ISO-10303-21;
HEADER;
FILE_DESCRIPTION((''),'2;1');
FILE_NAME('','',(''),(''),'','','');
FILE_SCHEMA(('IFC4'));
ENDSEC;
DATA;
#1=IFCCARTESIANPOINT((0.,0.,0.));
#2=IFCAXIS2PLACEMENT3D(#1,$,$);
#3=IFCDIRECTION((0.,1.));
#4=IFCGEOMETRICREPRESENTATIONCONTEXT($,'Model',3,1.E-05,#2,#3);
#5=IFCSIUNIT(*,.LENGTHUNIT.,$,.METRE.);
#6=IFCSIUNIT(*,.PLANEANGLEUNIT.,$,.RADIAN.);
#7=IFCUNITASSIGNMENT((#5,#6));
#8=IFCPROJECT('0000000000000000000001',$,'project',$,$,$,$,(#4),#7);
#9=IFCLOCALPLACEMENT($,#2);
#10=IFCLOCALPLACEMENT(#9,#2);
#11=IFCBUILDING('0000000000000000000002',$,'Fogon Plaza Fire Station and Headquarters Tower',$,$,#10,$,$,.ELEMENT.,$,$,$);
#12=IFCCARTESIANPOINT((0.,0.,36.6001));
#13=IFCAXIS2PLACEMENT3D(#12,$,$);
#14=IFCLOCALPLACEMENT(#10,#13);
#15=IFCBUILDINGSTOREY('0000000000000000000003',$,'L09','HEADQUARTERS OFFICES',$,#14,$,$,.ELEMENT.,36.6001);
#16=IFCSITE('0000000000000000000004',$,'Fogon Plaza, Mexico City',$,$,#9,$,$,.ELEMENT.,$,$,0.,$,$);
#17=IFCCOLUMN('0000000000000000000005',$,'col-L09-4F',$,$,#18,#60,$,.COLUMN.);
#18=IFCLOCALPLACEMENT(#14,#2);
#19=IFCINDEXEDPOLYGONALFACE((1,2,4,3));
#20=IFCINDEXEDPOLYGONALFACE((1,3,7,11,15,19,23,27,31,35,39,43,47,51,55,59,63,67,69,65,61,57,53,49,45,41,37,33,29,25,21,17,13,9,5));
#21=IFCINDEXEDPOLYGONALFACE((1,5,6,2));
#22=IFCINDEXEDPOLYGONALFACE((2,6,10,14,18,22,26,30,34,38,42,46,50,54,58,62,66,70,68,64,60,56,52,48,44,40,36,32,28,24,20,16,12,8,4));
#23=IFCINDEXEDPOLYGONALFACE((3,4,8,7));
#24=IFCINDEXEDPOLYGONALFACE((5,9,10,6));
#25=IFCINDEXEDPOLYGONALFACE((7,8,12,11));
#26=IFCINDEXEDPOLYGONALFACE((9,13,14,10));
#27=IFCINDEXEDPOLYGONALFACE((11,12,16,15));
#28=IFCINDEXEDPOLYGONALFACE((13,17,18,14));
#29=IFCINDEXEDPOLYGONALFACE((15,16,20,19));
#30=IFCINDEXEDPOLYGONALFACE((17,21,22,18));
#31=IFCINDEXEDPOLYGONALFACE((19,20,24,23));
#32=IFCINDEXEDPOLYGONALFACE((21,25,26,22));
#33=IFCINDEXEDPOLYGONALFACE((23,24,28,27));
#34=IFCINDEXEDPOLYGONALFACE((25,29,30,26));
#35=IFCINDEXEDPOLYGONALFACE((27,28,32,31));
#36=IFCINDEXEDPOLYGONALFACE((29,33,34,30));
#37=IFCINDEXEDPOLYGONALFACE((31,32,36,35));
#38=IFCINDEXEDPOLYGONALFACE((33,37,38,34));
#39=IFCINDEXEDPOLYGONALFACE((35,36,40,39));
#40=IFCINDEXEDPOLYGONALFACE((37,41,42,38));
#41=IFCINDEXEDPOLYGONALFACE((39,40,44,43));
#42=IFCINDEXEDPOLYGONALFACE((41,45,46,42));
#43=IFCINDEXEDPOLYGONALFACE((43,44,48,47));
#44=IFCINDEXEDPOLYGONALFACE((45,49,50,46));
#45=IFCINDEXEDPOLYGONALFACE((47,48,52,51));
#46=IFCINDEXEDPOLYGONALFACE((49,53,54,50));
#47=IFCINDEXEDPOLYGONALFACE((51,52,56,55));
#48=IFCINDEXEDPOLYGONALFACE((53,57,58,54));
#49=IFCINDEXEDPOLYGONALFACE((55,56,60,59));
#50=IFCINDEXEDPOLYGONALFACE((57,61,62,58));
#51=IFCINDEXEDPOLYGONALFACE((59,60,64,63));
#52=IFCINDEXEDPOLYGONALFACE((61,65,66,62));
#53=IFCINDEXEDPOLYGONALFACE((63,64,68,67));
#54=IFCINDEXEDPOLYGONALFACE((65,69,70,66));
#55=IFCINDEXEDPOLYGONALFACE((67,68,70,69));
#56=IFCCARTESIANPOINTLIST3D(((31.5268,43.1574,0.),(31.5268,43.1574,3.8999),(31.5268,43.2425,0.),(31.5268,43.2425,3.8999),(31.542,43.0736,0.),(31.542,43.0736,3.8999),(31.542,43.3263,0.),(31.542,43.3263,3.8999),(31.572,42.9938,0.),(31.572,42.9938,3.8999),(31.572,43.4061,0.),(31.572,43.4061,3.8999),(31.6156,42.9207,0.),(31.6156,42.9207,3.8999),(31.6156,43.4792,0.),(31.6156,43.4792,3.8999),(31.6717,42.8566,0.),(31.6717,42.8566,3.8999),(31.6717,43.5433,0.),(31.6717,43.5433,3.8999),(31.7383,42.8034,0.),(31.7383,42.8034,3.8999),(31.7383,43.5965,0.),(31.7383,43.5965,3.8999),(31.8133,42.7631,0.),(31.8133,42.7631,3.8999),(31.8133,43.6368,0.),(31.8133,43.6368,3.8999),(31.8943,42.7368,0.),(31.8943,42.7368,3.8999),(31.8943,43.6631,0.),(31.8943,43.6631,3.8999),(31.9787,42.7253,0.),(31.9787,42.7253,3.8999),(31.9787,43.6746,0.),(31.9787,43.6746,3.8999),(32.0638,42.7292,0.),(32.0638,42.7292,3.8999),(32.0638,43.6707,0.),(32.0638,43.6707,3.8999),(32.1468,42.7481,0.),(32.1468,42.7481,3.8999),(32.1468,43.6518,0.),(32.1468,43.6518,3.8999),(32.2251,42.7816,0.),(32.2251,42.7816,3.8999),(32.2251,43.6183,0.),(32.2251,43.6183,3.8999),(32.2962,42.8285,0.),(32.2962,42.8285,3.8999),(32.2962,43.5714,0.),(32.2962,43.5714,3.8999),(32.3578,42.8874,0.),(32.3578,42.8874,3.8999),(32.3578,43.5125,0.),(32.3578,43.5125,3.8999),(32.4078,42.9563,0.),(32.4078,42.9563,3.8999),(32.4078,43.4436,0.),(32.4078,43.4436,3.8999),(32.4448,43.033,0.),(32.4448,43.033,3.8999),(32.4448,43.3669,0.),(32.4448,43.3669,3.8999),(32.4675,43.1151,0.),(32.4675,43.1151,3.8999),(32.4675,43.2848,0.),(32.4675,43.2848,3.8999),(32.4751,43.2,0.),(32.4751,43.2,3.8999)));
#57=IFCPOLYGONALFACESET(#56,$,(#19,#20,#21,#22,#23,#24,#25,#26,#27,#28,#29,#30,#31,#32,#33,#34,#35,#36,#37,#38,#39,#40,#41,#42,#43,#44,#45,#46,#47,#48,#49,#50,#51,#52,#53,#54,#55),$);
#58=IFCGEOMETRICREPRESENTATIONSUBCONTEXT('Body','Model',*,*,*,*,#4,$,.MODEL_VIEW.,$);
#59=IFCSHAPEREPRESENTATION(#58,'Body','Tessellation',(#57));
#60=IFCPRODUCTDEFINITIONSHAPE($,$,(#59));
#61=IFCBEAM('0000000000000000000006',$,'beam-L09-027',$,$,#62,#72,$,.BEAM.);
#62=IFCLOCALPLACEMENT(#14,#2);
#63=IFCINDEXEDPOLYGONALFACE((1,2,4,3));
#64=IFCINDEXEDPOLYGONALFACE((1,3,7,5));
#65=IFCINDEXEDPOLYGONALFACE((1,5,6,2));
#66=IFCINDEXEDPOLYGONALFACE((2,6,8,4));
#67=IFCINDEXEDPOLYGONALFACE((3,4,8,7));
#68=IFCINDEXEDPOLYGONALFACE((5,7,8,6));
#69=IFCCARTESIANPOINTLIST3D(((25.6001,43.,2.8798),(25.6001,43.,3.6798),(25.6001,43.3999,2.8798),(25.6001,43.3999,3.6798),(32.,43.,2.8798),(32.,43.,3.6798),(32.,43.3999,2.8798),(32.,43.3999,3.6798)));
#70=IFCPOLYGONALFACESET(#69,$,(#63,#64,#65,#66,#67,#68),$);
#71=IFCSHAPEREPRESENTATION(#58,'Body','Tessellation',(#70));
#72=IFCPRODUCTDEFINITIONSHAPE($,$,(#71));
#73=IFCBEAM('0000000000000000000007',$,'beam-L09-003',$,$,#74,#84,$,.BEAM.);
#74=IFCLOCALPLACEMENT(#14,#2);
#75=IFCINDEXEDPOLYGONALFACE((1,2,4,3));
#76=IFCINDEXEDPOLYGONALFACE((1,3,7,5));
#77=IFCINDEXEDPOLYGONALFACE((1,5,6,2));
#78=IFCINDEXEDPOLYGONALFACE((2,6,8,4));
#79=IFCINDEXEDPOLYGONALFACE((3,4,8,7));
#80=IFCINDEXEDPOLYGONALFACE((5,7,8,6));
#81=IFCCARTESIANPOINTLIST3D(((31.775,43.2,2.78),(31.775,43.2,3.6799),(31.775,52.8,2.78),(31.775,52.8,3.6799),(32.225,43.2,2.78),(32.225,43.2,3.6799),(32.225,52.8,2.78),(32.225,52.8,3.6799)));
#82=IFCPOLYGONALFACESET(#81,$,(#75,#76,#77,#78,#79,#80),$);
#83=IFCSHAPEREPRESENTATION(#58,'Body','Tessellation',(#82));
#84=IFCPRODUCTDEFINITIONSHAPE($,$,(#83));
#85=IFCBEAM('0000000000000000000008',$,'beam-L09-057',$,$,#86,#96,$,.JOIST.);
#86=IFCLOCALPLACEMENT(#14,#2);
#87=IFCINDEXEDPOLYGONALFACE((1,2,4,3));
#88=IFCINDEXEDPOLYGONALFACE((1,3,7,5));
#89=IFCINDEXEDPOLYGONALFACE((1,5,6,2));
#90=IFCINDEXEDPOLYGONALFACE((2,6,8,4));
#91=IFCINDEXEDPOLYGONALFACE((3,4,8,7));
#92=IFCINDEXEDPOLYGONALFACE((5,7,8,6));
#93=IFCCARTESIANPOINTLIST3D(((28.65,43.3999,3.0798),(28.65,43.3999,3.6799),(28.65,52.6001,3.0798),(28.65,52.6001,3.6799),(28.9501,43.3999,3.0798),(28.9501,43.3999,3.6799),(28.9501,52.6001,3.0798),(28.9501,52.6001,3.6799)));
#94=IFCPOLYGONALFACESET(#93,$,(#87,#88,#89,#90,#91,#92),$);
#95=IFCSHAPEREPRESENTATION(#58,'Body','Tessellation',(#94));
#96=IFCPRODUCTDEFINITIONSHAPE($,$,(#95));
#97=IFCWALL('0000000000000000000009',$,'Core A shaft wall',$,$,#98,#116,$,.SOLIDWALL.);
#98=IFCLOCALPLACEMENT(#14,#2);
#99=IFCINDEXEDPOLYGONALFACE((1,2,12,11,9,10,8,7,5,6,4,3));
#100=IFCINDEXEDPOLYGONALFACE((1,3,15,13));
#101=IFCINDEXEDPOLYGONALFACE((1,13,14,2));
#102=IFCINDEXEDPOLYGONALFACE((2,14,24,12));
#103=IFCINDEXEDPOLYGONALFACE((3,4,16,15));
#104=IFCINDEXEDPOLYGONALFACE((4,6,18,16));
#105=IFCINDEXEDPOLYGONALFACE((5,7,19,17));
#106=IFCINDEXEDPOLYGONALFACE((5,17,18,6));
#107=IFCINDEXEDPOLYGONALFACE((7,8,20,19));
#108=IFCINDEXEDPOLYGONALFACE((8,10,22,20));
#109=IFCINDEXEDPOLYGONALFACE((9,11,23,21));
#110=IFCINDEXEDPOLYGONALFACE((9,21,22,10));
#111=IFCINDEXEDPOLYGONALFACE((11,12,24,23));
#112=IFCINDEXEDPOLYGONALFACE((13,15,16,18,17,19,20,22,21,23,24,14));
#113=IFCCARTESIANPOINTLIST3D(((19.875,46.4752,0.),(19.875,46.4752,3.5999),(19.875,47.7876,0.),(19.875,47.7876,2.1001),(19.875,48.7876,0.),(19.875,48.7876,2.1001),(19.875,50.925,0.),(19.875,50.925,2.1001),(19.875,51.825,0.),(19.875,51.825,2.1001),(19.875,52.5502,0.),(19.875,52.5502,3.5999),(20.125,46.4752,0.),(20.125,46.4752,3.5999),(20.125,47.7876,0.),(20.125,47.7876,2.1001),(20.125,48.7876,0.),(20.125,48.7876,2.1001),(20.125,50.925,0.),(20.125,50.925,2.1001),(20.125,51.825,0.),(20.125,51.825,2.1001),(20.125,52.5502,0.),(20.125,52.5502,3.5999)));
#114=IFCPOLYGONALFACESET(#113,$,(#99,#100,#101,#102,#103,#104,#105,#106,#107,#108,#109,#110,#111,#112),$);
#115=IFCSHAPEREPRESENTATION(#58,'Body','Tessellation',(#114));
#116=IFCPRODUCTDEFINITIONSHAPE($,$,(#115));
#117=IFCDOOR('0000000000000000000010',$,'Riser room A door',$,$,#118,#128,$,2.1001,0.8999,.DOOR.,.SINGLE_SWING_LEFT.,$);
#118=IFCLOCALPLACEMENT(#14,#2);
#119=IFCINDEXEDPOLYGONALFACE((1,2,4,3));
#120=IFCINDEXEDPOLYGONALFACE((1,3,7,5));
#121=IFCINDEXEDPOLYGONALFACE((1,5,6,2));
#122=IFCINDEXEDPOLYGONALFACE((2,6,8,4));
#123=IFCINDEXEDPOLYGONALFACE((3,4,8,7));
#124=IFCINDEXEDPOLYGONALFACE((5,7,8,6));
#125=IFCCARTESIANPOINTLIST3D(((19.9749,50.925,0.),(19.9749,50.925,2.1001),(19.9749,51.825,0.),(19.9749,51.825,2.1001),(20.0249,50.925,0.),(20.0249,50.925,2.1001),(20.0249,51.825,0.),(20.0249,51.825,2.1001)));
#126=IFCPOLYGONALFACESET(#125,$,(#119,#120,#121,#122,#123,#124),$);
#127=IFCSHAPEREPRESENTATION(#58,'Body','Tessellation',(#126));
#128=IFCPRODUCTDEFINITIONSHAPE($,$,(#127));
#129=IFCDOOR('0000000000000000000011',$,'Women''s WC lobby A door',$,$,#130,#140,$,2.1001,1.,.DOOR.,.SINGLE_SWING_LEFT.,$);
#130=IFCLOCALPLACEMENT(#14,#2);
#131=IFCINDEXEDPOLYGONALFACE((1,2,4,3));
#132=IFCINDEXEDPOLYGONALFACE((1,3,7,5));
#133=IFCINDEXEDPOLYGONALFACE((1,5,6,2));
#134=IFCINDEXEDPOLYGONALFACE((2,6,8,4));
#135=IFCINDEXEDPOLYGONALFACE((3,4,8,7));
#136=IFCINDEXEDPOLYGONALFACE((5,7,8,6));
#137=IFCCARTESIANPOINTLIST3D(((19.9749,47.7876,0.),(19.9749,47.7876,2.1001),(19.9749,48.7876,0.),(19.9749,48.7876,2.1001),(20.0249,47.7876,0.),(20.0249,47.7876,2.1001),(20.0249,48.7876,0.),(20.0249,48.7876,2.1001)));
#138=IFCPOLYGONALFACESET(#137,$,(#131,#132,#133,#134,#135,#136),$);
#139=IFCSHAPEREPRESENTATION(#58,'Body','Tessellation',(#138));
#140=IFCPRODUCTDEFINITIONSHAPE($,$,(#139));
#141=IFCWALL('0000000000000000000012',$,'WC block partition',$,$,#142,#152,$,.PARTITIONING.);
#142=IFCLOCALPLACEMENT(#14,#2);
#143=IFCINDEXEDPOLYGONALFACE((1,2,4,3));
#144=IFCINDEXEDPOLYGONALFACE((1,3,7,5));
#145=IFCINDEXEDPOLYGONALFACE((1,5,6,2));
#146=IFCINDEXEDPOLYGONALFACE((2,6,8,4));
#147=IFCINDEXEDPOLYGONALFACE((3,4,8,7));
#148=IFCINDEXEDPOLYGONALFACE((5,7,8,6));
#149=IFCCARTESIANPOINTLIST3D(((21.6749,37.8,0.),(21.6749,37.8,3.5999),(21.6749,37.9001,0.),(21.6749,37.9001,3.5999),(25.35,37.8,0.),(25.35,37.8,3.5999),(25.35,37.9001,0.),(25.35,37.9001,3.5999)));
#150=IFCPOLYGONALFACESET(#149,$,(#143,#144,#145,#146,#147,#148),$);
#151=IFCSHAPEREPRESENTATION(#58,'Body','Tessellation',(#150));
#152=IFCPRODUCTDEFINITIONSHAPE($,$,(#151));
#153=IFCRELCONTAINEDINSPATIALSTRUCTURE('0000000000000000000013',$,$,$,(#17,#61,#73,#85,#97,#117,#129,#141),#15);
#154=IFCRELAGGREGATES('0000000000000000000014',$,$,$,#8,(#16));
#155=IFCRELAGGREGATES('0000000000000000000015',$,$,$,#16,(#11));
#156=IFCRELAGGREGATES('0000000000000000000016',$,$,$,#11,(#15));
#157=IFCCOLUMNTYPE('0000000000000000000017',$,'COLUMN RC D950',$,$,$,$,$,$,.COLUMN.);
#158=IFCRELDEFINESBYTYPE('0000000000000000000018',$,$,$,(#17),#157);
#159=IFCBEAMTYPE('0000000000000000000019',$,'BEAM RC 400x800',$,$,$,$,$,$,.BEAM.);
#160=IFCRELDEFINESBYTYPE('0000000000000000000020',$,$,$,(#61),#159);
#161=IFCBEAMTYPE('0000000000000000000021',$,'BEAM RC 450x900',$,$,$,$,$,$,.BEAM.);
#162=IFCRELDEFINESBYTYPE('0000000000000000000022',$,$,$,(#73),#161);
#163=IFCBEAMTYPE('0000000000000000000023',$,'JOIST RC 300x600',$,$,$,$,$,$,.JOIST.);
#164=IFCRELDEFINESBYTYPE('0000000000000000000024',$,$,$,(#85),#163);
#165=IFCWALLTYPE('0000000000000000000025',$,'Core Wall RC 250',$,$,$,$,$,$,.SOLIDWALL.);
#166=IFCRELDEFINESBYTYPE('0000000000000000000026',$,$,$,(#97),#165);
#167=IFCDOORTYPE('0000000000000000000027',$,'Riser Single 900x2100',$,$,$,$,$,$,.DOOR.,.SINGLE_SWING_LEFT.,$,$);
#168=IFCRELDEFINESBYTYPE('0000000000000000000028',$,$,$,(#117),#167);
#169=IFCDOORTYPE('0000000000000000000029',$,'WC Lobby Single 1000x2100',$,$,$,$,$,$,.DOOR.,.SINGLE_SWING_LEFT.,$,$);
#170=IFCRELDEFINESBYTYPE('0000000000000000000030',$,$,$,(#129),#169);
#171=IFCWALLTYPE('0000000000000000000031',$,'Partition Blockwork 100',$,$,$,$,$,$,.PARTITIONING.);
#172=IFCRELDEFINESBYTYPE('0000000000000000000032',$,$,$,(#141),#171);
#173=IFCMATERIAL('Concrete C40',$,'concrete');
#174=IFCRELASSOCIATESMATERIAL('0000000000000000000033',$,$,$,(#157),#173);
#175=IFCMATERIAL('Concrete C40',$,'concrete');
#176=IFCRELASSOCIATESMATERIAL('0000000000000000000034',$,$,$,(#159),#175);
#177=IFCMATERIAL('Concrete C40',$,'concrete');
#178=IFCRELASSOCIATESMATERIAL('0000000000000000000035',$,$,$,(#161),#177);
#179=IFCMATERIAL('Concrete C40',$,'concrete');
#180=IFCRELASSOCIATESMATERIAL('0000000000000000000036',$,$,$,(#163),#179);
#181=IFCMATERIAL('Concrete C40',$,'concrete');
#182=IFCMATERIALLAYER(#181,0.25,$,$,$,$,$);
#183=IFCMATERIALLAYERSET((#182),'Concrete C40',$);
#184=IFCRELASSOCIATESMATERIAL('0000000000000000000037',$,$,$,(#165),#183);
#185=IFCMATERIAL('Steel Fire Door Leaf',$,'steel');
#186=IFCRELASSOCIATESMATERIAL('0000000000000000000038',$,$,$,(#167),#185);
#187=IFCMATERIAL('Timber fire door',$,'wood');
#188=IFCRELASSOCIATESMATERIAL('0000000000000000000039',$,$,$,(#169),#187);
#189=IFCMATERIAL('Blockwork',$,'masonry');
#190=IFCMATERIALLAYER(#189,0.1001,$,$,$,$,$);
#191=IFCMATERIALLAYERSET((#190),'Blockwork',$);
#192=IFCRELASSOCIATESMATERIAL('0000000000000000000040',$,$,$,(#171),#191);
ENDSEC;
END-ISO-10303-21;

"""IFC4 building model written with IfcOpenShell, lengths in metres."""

from ifc_helpers import new_model, si_unit, direction, frame, frame_2d, origin, origin_2d, place, context, subcontext, project, spatial, rectangle, circle, extrude, material, layer, layer_set, material_profile, profile_set, type_object, element, fill, save


model = new_model("IFC4")

# Units and contexts
model_context = context("Model", 3, precision=1e-05, world=origin(), true_north=direction((0.0, 1.0)))
body_context = subcontext(model_context, "Body", "Model", "MODEL_VIEW")
ifc_project = project(units=[si_unit("LENGTHUNIT", "METRE"), si_unit("PLANEANGLEUNIT", "RADIAN")], contexts=[model_context])

# Site, building, storey
site_placement = place(None, origin())
site = spatial("IfcSite", under=ifc_project, at=site_placement, Name="Fogon Plaza, Mexico City", CompositionType="ELEMENT", RefElevation=0.0)
building_placement = place(site_placement, origin())
building = spatial("IfcBuilding", under=site, at=building_placement, Name="Fogon Plaza Fire Station and Headquarters Tower", CompositionType="ELEMENT")
storey_placement = place(building_placement, frame((0.0, 0.0, 36.6001)))
storey = spatial("IfcBuildingStorey", under=building, at=storey_placement, Name="L09", Description="HEADQUARTERS OFFICES", CompositionType="ELEMENT", Elevation=36.6001)

# Column
ifc_material_1 = material(Name="Concrete C40", Category="concrete")
ifc_material_profile_1 = material_profile(ifc_material_1, circle(Radius=0.4751, at=origin_2d()), Name="RC D950")
ifc_profile_set_1 = profile_set([ifc_material_profile_1], Name="Concrete C40")
column_type = type_object("IfcColumnType", Name="COLUMN RC D950", PredefinedType="COLUMN", material=ifc_profile_set_1)
column_placement = place(storey_placement, frame((32.0, 43.2, 0.0), z_axis=(0.0, 0.0, 1.0), x_axis=(1.0, 0.0, 0.0)))
element("IfcColumn", 1, at=column_placement, inside=storey, type_object=column_type, Name="col-L09-4F", PredefinedType="COLUMN", context=body_context, shape_type="SweptSolid", body=[
    extrude(circle(Radius=0.4751, at=origin_2d()), origin(), (0.0, 0.0, 1.0), 3.8999),
])

# Beams
ifc_material_2 = material(Name="Concrete C40", Category="concrete")
ifc_material_profile_2 = material_profile(ifc_material_2, rectangle(XDim=0.3999, YDim=0.8, at=origin_2d()), Name="RC 400x800")
ifc_profile_set_2 = profile_set([ifc_material_profile_2], Name="Concrete C40")
beam_type_1 = type_object("IfcBeamType", Name="BEAM RC 400x800", PredefinedType="BEAM", material=ifc_profile_set_2)
beam_1_placement = place(storey_placement, frame((25.6001, 43.2, 3.2798), z_axis=(1.0, 0.0, 0.0), x_axis=(0.0, 1.0, 0.0)))
element("IfcBeam", 2, at=beam_1_placement, inside=storey, type_object=beam_type_1, Name="beam-L09-027", PredefinedType="BEAM", context=body_context, shape_type="SweptSolid", body=[
    extrude(rectangle(XDim=0.3999, YDim=0.8, at=origin_2d()), origin(), (0.0, 0.0, 1.0), 6.3999),
])
ifc_material_3 = material(Name="Concrete C40", Category="concrete")
ifc_material_profile_3 = material_profile(ifc_material_3, rectangle(XDim=0.45, YDim=0.8999, at=origin_2d()), Name="RC 450x900")
ifc_profile_set_3 = profile_set([ifc_material_profile_3], Name="Concrete C40")
beam_type_2 = type_object("IfcBeamType", Name="BEAM RC 450x900", PredefinedType="BEAM", material=ifc_profile_set_3)
beam_2_placement = place(storey_placement, frame((32.0, 43.2, 3.23), z_axis=(0.0, 1.0, 0.0), x_axis=(-1.0, 0.0, 0.0)))
element("IfcBeam", 3, at=beam_2_placement, inside=storey, type_object=beam_type_2, Name="beam-L09-003", PredefinedType="BEAM", context=body_context, shape_type="SweptSolid", body=[
    extrude(rectangle(XDim=0.45, YDim=0.8999, at=origin_2d()), origin(), (0.0, 0.0, 1.0), 9.6001),
])
ifc_material_4 = material(Name="Concrete C40", Category="concrete")
ifc_material_profile_4 = material_profile(ifc_material_4, rectangle(XDim=0.3, YDim=0.6001, at=origin_2d()), Name="RC 300x600")
ifc_profile_set_4 = profile_set([ifc_material_profile_4], Name="Concrete C40")
beam_type_3 = type_object("IfcBeamType", Name="JOIST RC 300x600", PredefinedType="JOIST", material=ifc_profile_set_4)
beam_3_placement = place(storey_placement, frame((28.8, 43.3999, 3.3799), z_axis=(0.0, 1.0, 0.0), x_axis=(-1.0, 0.0, 0.0)))
element("IfcBeam", 4, at=beam_3_placement, inside=storey, type_object=beam_type_3, Name="beam-L09-057", PredefinedType="JOIST", context=body_context, shape_type="SweptSolid", body=[
    extrude(rectangle(XDim=0.3, YDim=0.6001, at=origin_2d()), origin(), (0.0, 0.0, 1.0), 9.2002),
])

# Wall, openings, doors
ifc_material_5 = material(Name="Concrete C40", Category="concrete")
ifc_layer_1 = layer(ifc_material_5, 0.25)
ifc_layer_set_1 = layer_set([ifc_layer_1], Name="Concrete C40")
wall_type_1 = type_object("IfcWallType", Name="Core Wall RC 250", PredefinedType="SOLIDWALL", material=ifc_layer_set_1)
wall_1_placement = place(storey_placement, frame((20.0, 46.4751, 0.0), z_axis=(0.0, 0.0, 1.0), x_axis=(0.0, 1.0, 0.0)))
wall_1 = element("IfcWall", 5, at=wall_1_placement, inside=storey, type_object=wall_type_1, Name="Core A shaft wall", PredefinedType="SOLIDWALL", context=body_context, shape_type="SweptSolid", body=[
    extrude(rectangle(XDim=6.075, YDim=0.25, at=frame_2d((3.0376, 0.0))), origin(), (0.0, 0.0, 1.0), 3.5999),
])
opening_1_placement = place(wall_1_placement, frame((1.3125, 0.0, 0.0)))
opening_1 = element("IfcOpeningElement", 6, at=opening_1_placement, cuts=wall_1, PredefinedType="OPENING", context=body_context, shape_type="SweptSolid", body=[
    extrude(rectangle(XDim=1.0, YDim=2.1001, at=frame_2d((0.5, 1.05))), frame((0.0, 0.135, 0.0), z_axis=(0.0, -1.0, 0.0), x_axis=(1.0, 0.0, 0.0)), (0.0, 0.0, 1.0), 0.27),
])
opening_2_placement = place(wall_1_placement, frame((4.45, 0.0, 0.0)))
opening_2 = element("IfcOpeningElement", 7, at=opening_2_placement, cuts=wall_1, PredefinedType="OPENING", context=body_context, shape_type="SweptSolid", body=[
    extrude(rectangle(XDim=0.8999, YDim=2.1001, at=frame_2d((0.45, 1.05))), frame((0.0, 0.135, 0.0), z_axis=(0.0, -1.0, 0.0), x_axis=(1.0, 0.0, 0.0)), (0.0, 0.0, 1.0), 0.27),
])
ifc_material_6 = material(Name="Steel Fire Door Leaf", Category="steel")
door_type_1 = type_object("IfcDoorType", Name="Riser Single 900x2100", OperationType="SINGLE_SWING_LEFT", PredefinedType="DOOR", material=ifc_material_6)
door_1_placement = place(opening_2_placement, frame((0.8999, 0.0, 0.0), z_axis=(0.0, 0.0, 1.0), x_axis=(-1.0, 0.0, 0.0)))
door_1 = element("IfcDoor", 8, at=door_1_placement, inside=storey, type_object=door_type_1, Name="Riser room A door", OperationType="SINGLE_SWING_LEFT", OverallHeight=2.1001, OverallWidth=0.8999, PredefinedType="DOOR", context=body_context, shape_type="SweptSolid", body=[
    extrude(rectangle(XDim=0.8999, YDim=2.1001, at=frame_2d((0.45, 1.05))), frame((0.0, 0.0249, 0.0), z_axis=(0.0, -1.0, 0.0), x_axis=(1.0, 0.0, 0.0)), (0.0, 0.0, 1.0), 0.05),
])
fill(opening_2, door_1)
ifc_material_7 = material(Name="Timber fire door", Category="wood")
door_type_2 = type_object("IfcDoorType", Name="WC Lobby Single 1000x2100", OperationType="SINGLE_SWING_LEFT", PredefinedType="DOOR", material=ifc_material_7)
door_2_placement = place(opening_1_placement, frame((1.0, 0.0, 0.0), z_axis=(0.0, 0.0, 1.0), x_axis=(-1.0, 0.0, 0.0)))
door_2 = element("IfcDoor", 9, at=door_2_placement, inside=storey, type_object=door_type_2, Name="Women's WC lobby A door", OperationType="SINGLE_SWING_LEFT", OverallHeight=2.1001, OverallWidth=1.0, PredefinedType="DOOR", context=body_context, shape_type="SweptSolid", body=[
    extrude(rectangle(XDim=1.0, YDim=2.1001, at=frame_2d((0.5, 1.05))), frame((0.0, 0.0249, 0.0), z_axis=(0.0, -1.0, 0.0), x_axis=(1.0, 0.0, 0.0)), (0.0, 0.0, 1.0), 0.05),
])
fill(opening_1, door_2)

# Wall
ifc_material_8 = material(Name="Blockwork", Category="masonry")
ifc_layer_2 = layer(ifc_material_8, 0.1001)
ifc_layer_set_2 = layer_set([ifc_layer_2], Name="Blockwork")
wall_type_2 = type_object("IfcWallType", Name="Partition Blockwork 100", PredefinedType="PARTITIONING", material=ifc_layer_set_2)
wall_2_placement = place(storey_placement, frame((21.675, 37.8501, 0.0), z_axis=(0.0, 0.0, 1.0), x_axis=(1.0, 0.0, 0.0)))
element("IfcWall", 10, at=wall_2_placement, inside=storey, type_object=wall_type_2, Name="WC block partition", PredefinedType="PARTITIONING", context=body_context, shape_type="SweptSolid", body=[
    extrude(rectangle(XDim=3.675, YDim=0.1001, at=frame_2d((1.8374, 0.0))), origin(), (0.0, 0.0, 1.0), 3.5999),
])

save(model, "model.ifc")
